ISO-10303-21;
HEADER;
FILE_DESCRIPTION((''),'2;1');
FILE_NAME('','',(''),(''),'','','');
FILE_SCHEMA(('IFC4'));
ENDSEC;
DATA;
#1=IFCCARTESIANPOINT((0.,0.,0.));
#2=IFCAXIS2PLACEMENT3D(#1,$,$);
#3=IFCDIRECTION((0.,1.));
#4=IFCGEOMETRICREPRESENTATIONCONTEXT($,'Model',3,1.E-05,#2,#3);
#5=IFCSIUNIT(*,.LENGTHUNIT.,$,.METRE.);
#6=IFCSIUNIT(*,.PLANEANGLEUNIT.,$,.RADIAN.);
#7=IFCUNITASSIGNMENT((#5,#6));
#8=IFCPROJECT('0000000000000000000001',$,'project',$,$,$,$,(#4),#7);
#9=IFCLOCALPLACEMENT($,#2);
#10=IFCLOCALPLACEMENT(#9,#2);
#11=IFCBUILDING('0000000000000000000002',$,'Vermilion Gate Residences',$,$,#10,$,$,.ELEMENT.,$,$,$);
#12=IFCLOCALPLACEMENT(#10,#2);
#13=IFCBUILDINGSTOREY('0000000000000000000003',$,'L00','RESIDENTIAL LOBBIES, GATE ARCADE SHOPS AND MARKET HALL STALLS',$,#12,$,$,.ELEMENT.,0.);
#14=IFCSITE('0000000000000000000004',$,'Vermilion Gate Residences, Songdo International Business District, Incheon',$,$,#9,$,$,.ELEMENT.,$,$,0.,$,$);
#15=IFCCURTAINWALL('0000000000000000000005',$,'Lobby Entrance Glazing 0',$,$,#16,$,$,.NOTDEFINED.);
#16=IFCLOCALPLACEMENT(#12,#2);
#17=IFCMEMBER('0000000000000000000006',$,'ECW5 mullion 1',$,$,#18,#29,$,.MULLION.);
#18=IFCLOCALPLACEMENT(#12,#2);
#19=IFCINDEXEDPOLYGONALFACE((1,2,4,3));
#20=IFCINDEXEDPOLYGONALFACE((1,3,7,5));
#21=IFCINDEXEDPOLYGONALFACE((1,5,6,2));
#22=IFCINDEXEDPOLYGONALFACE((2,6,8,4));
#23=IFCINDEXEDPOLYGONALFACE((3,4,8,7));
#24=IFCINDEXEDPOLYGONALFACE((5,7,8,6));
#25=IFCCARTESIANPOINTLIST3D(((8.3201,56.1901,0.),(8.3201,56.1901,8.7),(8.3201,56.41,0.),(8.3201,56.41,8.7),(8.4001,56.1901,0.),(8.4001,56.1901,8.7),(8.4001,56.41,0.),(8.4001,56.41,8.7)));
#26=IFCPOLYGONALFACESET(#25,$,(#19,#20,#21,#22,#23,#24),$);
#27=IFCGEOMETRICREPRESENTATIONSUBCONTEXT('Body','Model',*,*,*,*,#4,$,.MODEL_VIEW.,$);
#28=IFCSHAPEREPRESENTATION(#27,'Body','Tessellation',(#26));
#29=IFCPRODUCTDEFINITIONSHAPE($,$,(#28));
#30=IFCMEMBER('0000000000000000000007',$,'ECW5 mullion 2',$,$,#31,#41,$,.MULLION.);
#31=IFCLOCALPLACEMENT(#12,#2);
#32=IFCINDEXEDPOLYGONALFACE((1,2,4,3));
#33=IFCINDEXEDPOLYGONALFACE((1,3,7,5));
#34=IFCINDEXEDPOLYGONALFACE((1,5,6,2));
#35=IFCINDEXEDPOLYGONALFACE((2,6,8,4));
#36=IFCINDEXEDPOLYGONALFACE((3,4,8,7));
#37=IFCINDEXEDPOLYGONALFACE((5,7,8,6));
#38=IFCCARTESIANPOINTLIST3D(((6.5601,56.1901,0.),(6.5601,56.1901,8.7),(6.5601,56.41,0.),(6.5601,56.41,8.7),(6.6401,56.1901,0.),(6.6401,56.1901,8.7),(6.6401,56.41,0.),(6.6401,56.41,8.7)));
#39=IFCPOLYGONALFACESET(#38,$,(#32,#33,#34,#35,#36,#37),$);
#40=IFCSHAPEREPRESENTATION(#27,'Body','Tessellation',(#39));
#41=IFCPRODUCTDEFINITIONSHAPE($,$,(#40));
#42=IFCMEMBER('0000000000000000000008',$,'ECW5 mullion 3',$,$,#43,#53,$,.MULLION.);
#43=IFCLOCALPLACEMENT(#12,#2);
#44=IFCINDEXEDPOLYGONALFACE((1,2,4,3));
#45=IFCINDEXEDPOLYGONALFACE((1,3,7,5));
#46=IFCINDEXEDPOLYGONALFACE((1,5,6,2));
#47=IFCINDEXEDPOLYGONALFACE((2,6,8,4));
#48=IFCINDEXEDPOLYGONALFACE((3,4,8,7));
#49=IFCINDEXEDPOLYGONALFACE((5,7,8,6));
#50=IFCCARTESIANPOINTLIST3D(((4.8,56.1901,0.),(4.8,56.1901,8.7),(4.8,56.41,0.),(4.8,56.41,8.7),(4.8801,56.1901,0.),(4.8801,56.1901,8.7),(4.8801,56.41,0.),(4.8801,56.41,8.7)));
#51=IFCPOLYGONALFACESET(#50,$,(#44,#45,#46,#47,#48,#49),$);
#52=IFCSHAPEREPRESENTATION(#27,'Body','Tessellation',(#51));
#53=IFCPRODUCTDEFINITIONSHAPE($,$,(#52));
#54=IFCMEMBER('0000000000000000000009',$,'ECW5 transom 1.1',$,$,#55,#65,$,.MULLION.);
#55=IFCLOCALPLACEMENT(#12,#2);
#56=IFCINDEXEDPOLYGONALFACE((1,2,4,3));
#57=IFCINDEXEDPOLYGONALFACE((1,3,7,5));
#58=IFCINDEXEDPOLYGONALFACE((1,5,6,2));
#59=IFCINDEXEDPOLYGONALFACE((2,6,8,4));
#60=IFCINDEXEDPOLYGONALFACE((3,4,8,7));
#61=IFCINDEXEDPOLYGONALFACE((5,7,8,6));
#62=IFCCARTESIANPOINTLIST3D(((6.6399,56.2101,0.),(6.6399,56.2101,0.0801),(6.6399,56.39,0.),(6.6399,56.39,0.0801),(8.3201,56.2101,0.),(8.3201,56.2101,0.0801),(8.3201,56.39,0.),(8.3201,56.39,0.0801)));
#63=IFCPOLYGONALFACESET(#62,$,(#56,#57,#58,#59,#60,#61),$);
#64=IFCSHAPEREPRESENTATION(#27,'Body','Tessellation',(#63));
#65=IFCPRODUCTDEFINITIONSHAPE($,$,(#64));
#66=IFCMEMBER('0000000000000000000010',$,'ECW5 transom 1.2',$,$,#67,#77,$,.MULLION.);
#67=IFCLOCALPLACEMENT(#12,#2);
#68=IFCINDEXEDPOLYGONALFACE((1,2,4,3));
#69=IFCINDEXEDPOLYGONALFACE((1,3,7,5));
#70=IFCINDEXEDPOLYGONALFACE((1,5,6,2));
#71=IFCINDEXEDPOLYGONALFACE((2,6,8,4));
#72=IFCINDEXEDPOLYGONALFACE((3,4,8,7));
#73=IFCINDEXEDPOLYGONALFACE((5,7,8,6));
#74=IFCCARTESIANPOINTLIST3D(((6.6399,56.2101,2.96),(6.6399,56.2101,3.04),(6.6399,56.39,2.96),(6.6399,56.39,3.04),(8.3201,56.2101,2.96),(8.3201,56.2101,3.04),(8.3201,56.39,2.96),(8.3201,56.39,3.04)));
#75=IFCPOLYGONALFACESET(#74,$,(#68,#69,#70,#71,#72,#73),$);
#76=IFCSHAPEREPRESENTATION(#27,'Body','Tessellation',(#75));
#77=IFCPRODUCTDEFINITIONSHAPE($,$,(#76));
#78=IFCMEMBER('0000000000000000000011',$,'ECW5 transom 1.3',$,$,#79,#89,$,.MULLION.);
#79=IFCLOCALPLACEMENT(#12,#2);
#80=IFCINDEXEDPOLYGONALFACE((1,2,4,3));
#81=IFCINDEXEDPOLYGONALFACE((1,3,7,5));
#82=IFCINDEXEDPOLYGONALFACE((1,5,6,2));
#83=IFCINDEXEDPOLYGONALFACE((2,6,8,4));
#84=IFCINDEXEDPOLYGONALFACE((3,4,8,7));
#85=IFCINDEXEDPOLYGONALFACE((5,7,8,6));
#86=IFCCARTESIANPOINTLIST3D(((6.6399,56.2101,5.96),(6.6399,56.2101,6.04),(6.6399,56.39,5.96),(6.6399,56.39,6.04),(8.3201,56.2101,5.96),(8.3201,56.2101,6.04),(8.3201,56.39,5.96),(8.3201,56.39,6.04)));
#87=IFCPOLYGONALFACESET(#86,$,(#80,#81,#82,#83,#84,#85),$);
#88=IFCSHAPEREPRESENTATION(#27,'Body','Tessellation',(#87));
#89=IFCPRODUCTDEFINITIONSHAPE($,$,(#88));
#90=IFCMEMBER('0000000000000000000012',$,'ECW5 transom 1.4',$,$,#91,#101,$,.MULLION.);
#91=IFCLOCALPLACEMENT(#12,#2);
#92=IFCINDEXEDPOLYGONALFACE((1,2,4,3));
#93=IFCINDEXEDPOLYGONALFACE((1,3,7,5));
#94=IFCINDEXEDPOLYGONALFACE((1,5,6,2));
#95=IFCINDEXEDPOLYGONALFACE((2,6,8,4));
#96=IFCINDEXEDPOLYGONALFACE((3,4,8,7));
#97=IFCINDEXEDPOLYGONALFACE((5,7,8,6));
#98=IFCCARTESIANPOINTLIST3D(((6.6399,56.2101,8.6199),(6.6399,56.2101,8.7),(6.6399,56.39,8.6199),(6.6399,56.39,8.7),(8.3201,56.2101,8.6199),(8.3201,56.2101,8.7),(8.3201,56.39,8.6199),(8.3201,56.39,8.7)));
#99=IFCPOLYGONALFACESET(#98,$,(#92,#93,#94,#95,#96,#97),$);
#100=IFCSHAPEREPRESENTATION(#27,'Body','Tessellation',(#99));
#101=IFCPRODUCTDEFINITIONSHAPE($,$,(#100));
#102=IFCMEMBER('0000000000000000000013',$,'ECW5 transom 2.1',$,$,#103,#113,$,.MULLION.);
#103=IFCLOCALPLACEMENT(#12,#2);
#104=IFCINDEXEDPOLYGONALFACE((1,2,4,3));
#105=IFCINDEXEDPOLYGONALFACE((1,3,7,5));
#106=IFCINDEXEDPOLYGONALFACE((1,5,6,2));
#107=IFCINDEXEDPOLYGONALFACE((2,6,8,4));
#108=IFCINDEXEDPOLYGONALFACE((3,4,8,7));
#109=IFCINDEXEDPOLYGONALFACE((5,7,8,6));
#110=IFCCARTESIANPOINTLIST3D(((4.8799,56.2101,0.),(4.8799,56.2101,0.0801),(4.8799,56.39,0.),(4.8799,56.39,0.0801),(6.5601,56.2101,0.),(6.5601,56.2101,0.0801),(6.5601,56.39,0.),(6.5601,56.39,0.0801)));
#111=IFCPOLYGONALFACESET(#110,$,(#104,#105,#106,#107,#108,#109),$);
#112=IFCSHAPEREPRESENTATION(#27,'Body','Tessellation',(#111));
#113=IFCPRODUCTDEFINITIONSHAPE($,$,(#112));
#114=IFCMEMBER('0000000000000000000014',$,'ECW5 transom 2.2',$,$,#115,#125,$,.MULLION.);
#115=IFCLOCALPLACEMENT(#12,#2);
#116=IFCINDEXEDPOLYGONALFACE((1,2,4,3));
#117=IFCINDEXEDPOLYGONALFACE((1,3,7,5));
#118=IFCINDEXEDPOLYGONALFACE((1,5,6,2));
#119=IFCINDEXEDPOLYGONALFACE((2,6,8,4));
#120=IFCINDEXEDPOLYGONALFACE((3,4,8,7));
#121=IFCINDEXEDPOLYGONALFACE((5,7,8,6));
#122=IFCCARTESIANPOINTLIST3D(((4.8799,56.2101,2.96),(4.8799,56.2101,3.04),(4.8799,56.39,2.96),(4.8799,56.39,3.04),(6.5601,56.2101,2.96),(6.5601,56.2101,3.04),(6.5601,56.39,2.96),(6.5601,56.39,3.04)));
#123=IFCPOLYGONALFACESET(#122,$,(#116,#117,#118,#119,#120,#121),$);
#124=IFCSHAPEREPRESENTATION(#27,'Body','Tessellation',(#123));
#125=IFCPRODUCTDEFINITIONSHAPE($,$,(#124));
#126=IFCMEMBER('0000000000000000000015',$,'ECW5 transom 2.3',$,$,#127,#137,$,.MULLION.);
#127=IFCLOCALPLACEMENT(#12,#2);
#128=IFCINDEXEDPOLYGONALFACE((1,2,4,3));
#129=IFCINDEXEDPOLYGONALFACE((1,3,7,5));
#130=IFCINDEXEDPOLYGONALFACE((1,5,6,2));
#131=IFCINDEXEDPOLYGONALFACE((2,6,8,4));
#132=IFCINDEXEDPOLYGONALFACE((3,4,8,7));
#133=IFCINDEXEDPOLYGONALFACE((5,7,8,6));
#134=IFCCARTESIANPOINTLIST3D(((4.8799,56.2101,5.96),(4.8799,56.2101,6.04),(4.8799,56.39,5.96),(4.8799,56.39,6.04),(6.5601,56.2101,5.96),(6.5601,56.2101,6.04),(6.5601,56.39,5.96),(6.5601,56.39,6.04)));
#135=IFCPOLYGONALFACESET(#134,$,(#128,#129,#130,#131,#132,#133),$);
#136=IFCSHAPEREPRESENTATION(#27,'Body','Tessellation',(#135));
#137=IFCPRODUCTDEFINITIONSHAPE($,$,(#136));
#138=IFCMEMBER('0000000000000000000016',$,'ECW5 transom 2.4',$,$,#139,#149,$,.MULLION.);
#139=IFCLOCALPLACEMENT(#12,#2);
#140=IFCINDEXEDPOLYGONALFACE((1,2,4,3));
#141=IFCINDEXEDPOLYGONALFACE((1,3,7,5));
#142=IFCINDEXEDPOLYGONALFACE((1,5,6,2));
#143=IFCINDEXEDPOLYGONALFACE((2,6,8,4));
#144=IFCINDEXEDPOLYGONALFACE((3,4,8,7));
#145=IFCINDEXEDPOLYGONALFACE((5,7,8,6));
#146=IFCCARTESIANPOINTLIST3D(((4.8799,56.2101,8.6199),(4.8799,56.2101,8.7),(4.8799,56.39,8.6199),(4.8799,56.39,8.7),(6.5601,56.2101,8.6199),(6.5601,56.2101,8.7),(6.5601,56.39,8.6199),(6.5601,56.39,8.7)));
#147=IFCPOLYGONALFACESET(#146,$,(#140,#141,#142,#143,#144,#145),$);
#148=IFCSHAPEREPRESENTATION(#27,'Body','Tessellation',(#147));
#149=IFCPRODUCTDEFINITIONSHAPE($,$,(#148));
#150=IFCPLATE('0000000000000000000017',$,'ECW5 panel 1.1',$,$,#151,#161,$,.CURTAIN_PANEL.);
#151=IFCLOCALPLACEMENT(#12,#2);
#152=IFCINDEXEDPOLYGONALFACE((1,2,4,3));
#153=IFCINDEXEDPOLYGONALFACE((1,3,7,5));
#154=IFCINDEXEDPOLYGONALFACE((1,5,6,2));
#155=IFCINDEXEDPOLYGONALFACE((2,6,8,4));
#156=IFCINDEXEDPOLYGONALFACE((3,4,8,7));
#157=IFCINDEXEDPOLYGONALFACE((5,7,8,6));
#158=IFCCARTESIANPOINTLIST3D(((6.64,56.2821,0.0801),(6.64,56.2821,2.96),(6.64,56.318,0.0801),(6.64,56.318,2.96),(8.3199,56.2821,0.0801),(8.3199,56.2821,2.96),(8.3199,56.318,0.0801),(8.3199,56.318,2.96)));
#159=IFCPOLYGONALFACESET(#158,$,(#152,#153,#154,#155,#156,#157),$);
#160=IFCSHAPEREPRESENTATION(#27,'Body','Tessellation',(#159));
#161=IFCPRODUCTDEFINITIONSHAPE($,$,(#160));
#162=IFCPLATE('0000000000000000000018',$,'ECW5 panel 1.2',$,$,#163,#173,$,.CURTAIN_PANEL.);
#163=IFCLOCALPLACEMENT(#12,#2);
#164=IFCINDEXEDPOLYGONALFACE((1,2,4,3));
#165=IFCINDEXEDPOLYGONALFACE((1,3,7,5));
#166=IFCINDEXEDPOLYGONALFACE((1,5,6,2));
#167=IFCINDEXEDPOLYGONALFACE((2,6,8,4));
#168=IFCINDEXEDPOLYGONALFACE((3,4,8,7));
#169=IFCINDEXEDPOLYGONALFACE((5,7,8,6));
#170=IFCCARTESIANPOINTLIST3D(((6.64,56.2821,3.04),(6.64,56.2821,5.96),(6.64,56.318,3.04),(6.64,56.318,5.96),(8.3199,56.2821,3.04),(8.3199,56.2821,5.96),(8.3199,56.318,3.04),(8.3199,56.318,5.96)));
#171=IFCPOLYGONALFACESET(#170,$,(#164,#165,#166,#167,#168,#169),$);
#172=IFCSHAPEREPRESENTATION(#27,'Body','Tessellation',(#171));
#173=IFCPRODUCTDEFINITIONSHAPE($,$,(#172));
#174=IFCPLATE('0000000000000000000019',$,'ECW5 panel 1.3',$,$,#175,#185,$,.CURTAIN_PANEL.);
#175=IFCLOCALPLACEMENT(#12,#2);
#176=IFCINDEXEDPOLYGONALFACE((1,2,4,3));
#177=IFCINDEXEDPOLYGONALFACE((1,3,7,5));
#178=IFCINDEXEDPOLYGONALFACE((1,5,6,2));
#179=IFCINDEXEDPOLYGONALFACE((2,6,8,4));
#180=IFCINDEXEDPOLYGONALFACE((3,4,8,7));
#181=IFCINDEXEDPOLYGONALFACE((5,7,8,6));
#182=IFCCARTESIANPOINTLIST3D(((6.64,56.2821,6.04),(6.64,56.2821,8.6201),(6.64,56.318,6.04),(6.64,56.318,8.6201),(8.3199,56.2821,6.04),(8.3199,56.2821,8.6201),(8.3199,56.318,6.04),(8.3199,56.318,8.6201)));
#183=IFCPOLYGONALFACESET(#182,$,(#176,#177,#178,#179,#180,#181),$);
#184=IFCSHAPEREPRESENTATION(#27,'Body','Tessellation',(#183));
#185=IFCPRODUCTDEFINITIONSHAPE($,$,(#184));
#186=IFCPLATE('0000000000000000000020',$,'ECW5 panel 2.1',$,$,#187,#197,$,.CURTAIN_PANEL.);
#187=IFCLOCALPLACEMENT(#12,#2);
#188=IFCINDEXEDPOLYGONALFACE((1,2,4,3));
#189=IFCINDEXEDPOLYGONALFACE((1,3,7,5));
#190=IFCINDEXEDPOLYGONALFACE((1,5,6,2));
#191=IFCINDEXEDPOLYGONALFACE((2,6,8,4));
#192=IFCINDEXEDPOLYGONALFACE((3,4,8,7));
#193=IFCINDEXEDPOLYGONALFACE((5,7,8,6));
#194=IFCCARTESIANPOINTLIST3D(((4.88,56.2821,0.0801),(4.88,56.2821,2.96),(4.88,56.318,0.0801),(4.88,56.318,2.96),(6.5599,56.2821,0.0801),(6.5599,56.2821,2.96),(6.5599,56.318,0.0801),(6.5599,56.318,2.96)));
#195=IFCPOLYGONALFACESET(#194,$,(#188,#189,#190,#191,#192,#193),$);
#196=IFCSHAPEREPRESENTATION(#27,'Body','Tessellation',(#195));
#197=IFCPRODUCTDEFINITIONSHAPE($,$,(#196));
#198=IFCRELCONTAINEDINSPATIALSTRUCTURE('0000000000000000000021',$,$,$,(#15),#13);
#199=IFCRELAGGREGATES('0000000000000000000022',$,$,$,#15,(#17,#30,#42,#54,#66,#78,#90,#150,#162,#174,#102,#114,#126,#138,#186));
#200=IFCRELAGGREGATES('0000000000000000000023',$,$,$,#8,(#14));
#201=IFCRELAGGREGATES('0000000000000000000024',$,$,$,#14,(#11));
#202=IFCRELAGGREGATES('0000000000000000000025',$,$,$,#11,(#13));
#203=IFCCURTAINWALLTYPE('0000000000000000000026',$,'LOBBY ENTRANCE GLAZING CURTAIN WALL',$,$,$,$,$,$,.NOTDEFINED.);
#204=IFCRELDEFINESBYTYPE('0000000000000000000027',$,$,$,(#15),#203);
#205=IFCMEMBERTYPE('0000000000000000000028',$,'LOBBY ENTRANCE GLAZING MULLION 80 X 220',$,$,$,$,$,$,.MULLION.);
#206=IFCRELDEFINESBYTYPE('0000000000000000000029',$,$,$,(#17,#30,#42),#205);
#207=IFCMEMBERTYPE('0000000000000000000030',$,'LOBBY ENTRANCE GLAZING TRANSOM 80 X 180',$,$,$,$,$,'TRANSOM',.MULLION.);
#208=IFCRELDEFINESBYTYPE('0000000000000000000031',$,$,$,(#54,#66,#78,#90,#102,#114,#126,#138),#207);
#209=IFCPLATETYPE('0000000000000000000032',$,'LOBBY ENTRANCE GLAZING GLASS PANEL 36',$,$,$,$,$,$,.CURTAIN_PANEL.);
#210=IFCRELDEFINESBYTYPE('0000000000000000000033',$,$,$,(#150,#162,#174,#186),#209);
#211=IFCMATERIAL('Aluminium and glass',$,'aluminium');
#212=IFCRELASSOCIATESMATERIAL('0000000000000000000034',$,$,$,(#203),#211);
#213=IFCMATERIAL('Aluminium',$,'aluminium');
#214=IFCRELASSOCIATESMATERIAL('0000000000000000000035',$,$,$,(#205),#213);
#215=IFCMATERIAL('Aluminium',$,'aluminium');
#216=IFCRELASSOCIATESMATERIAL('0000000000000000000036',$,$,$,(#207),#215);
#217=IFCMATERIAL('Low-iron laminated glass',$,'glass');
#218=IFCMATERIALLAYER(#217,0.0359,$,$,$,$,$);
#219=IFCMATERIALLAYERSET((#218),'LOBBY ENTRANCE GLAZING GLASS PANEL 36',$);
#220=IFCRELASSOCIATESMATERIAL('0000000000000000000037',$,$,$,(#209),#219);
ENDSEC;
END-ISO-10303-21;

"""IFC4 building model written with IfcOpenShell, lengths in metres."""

from ifc_helpers import new_model, si_unit, direction, frame, origin, origin_2d, place, context, subcontext, project, spatial, rectangle, extrude, material, layer, layer_set, material_profile, profile_set, type_object, element, aggregate, save


model = new_model("IFC4")

# Units and contexts
model_context = context("Model", 3, precision=1e-05, world=origin(), true_north=direction((0.0, 1.0)))
body_context = subcontext(model_context, "Body", "Model", "MODEL_VIEW")
ifc_project = project(units=[si_unit("LENGTHUNIT", "METRE"), si_unit("PLANEANGLEUNIT", "RADIAN")], contexts=[model_context])

# Site, building, storey
site_placement = place(None, origin())
site = spatial("IfcSite", under=ifc_project, at=site_placement, Name="Vermilion Gate Residences, Songdo International Business District, Incheon", CompositionType="ELEMENT", RefElevation=0.0)
building_placement = place(site_placement, origin())
building = spatial("IfcBuilding", under=site, at=building_placement, Name="Vermilion Gate Residences", CompositionType="ELEMENT")
storey_placement = place(building_placement, origin())
storey = spatial("IfcBuildingStorey", under=building, at=storey_placement, Name="L00", Description="RESIDENTIAL LOBBIES, GATE ARCADE SHOPS AND MARKET HALL STALLS", CompositionType="ELEMENT", Elevation=0.0)

# Curtain wall, members, plates
ifc_material_1 = material(Name="Aluminium and glass", Category="aluminium")
curtain_wall_type = type_object("IfcCurtainWallType", Name="LOBBY ENTRANCE GLAZING CURTAIN WALL", PredefinedType="NOTDEFINED", material=ifc_material_1)
curtain_wall_placement = place(storey_placement, origin())
curtain_wall = element("IfcCurtainWall", 1, at=curtain_wall_placement, inside=storey, type_object=curtain_wall_type, Name="Lobby Entrance Glazing 0", PredefinedType="NOTDEFINED")
ifc_material_2 = material(Name="Aluminium", Category="aluminium")
ifc_material_profile_1 = material_profile(ifc_material_2, rectangle(XDim=0.22, YDim=0.0801, at=origin_2d()), Name="MULLION 80 X 220")
ifc_profile_set_1 = profile_set([ifc_material_profile_1], Name="Aluminium")
member_type_1 = type_object("IfcMemberType", Name="LOBBY ENTRANCE GLAZING MULLION 80 X 220", PredefinedType="MULLION", material=ifc_profile_set_1)
member_1_placement = place(storey_placement, frame((8.3601, 56.3, 0.0), z_axis=(0.0, 0.0, 1.0), x_axis=(0.0, -1.0, 0.0)))
member_1 = element("IfcMember", 2, at=member_1_placement, type_object=member_type_1, Name="ECW5 mullion 1", PredefinedType="MULLION", context=body_context, shape_type="SweptSolid", body=[
    extrude(rectangle(XDim=0.22, YDim=0.0801, at=origin_2d()), origin(), (0.0, 0.0, 1.0), 8.7),
])
member_2_placement = place(storey_placement, frame((6.6001, 56.3, 0.0), z_axis=(0.0, 0.0, 1.0), x_axis=(0.0, -1.0, 0.0)))
member_2 = element("IfcMember", 3, at=member_2_placement, type_object=member_type_1, Name="ECW5 mullion 2", PredefinedType="MULLION", context=body_context, shape_type="SweptSolid", body=[
    extrude(rectangle(XDim=0.22, YDim=0.0801, at=origin_2d()), origin(), (0.0, 0.0, 1.0), 8.7),
])
member_3_placement = place(storey_placement, frame((4.8401, 56.3, 0.0), z_axis=(0.0, 0.0, 1.0), x_axis=(0.0, -1.0, 0.0)))
member_3 = element("IfcMember", 4, at=member_3_placement, type_object=member_type_1, Name="ECW5 mullion 3", PredefinedType="MULLION", context=body_context, shape_type="SweptSolid", body=[
    extrude(rectangle(XDim=0.22, YDim=0.0801, at=origin_2d()), origin(), (0.0, 0.0, 1.0), 8.7),
])
ifc_material_3 = material(Name="Aluminium", Category="aluminium")
ifc_material_profile_2 = material_profile(ifc_material_3, rectangle(XDim=0.1799, YDim=0.0801, at=origin_2d()), Name="TRANSOM 80 X 180")
ifc_profile_set_2 = profile_set([ifc_material_profile_2], Name="Aluminium")
member_type_2 = type_object("IfcMemberType", Name="LOBBY ENTRANCE GLAZING TRANSOM 80 X 180", ElementType="TRANSOM", PredefinedType="MULLION", material=ifc_profile_set_2)
member_4_placement = place(storey_placement, frame((8.3201, 56.3, 0.04), z_axis=(-1.0, 0.0, 0.0), x_axis=(0.0, -1.0, 0.0)))
member_4 = element("IfcMember", 5, at=member_4_placement, type_object=member_type_2, Name="ECW5 transom 1.1", PredefinedType="MULLION", context=body_context, shape_type="SweptSolid", body=[
    extrude(rectangle(XDim=0.1799, YDim=0.0801, at=origin_2d()), origin(), (0.0, 0.0, 1.0), 1.6802),
])
member_5_placement = place(storey_placement, frame((8.3201, 56.3, 3.0), z_axis=(-1.0, 0.0, 0.0), x_axis=(0.0, -1.0, 0.0)))
member_5 = element("IfcMember", 6, at=member_5_placement, type_object=member_type_2, Name="ECW5 transom 1.2", PredefinedType="MULLION", context=body_context, shape_type="SweptSolid", body=[
    extrude(rectangle(XDim=0.1799, YDim=0.0801, at=origin_2d()), origin(), (0.0, 0.0, 1.0), 1.6802),
])
member_6_placement = place(storey_placement, frame((8.3201, 56.3, 6.0), z_axis=(-1.0, 0.0, 0.0), x_axis=(0.0, -1.0, 0.0)))
member_6 = element("IfcMember", 7, at=member_6_placement, type_object=member_type_2, Name="ECW5 transom 1.3", PredefinedType="MULLION", context=body_context, shape_type="SweptSolid", body=[
    extrude(rectangle(XDim=0.1799, YDim=0.0801, at=origin_2d()), origin(), (0.0, 0.0, 1.0), 1.6802),
])
member_7_placement = place(storey_placement, frame((8.3201, 56.3, 8.6599), z_axis=(-1.0, 0.0, 0.0), x_axis=(0.0, -1.0, 0.0)))
member_7 = element("IfcMember", 8, at=member_7_placement, type_object=member_type_2, Name="ECW5 transom 1.4", PredefinedType="MULLION", context=body_context, shape_type="SweptSolid", body=[
    extrude(rectangle(XDim=0.1799, YDim=0.0801, at=origin_2d()), origin(), (0.0, 0.0, 1.0), 1.6802),
])
member_8_placement = place(storey_placement, frame((6.5601, 56.3, 0.04), z_axis=(-1.0, 0.0, 0.0), x_axis=(0.0, -1.0, 0.0)))
member_8 = element("IfcMember", 9, at=member_8_placement, type_object=member_type_2, Name="ECW5 transom 2.1", PredefinedType="MULLION", context=body_context, shape_type="SweptSolid", body=[
    extrude(rectangle(XDim=0.1799, YDim=0.0801, at=origin_2d()), origin(), (0.0, 0.0, 1.0), 1.6802),
])
member_9_placement = place(storey_placement, frame((6.5601, 56.3, 3.0), z_axis=(-1.0, 0.0, 0.0), x_axis=(0.0, -1.0, 0.0)))
member_9 = element("IfcMember", 10, at=member_9_placement, type_object=member_type_2, Name="ECW5 transom 2.2", PredefinedType="MULLION", context=body_context, shape_type="SweptSolid", body=[
    extrude(rectangle(XDim=0.1799, YDim=0.0801, at=origin_2d()), origin(), (0.0, 0.0, 1.0), 1.6802),
])
member_10_placement = place(storey_placement, frame((6.5601, 56.3, 6.0), z_axis=(-1.0, 0.0, 0.0), x_axis=(0.0, -1.0, 0.0)))
member_10 = element("IfcMember", 11, at=member_10_placement, type_object=member_type_2, Name="ECW5 transom 2.3", PredefinedType="MULLION", context=body_context, shape_type="SweptSolid", body=[
    extrude(rectangle(XDim=0.1799, YDim=0.0801, at=origin_2d()), origin(), (0.0, 0.0, 1.0), 1.6802),
])
member_11_placement = place(storey_placement, frame((6.5601, 56.3, 8.6599), z_axis=(-1.0, 0.0, 0.0), x_axis=(0.0, -1.0, 0.0)))
member_11 = element("IfcMember", 12, at=member_11_placement, type_object=member_type_2, Name="ECW5 transom 2.4", PredefinedType="MULLION", context=body_context, shape_type="SweptSolid", body=[
    extrude(rectangle(XDim=0.1799, YDim=0.0801, at=origin_2d()), origin(), (0.0, 0.0, 1.0), 1.6802),
])
ifc_material_4 = material(Name="Low-iron laminated glass", Category="glass")
ifc_layer_1 = layer(ifc_material_4, 0.0359)
ifc_layer_set_1 = layer_set([ifc_layer_1], Name="LOBBY ENTRANCE GLAZING GLASS PANEL 36")
plate_type = type_object("IfcPlateType", Name="LOBBY ENTRANCE GLAZING GLASS PANEL 36", PredefinedType="CURTAIN_PANEL", material=ifc_layer_set_1)
plate_1_placement = place(storey_placement, frame((7.48, 56.3, 0.0801), z_axis=(0.0, 0.0, 1.0), x_axis=(-1.0, 0.0, 0.0)))
plate_1 = element("IfcPlate", 13, at=plate_1_placement, type_object=plate_type, Name="ECW5 panel 1.1", PredefinedType="CURTAIN_PANEL", context=body_context, shape_type="SweptSolid", body=[
    extrude(rectangle(XDim=1.6799, YDim=0.0359, at=origin_2d()), origin(), (0.0, 0.0, 1.0), 2.8799),
])
plate_2_placement = place(storey_placement, frame((7.48, 56.3, 3.04), z_axis=(0.0, 0.0, 1.0), x_axis=(-1.0, 0.0, 0.0)))
plate_2 = element("IfcPlate", 14, at=plate_2_placement, type_object=plate_type, Name="ECW5 panel 1.2", PredefinedType="CURTAIN_PANEL", context=body_context, shape_type="SweptSolid", body=[
    extrude(rectangle(XDim=1.6799, YDim=0.0359, at=origin_2d()), origin(), (0.0, 0.0, 1.0), 2.9199),
])
plate_3_placement = place(storey_placement, frame((7.48, 56.3, 6.04), z_axis=(0.0, 0.0, 1.0), x_axis=(-1.0, 0.0, 0.0)))
plate_3 = element("IfcPlate", 15, at=plate_3_placement, type_object=plate_type, Name="ECW5 panel 1.3", PredefinedType="CURTAIN_PANEL", context=body_context, shape_type="SweptSolid", body=[
    extrude(rectangle(XDim=1.6799, YDim=0.0359, at=origin_2d()), origin(), (0.0, 0.0, 1.0), 2.5801),
])
plate_4_placement = place(storey_placement, frame((5.72, 56.3, 0.0801), z_axis=(0.0, 0.0, 1.0), x_axis=(-1.0, 0.0, 0.0)))
plate_4 = element("IfcPlate", 16, at=plate_4_placement, type_object=plate_type, Name="ECW5 panel 2.1", PredefinedType="CURTAIN_PANEL", context=body_context, shape_type="SweptSolid", body=[
    extrude(rectangle(XDim=1.6799, YDim=0.0359, at=origin_2d()), origin(), (0.0, 0.0, 1.0), 2.8799),
])
aggregate(curtain_wall, [member_1, member_2, member_3, member_4, member_5, member_6, member_7, plate_1, plate_2, plate_3, member_8, member_9, member_10, member_11, plate_4])

save(model, "model.ifc")
